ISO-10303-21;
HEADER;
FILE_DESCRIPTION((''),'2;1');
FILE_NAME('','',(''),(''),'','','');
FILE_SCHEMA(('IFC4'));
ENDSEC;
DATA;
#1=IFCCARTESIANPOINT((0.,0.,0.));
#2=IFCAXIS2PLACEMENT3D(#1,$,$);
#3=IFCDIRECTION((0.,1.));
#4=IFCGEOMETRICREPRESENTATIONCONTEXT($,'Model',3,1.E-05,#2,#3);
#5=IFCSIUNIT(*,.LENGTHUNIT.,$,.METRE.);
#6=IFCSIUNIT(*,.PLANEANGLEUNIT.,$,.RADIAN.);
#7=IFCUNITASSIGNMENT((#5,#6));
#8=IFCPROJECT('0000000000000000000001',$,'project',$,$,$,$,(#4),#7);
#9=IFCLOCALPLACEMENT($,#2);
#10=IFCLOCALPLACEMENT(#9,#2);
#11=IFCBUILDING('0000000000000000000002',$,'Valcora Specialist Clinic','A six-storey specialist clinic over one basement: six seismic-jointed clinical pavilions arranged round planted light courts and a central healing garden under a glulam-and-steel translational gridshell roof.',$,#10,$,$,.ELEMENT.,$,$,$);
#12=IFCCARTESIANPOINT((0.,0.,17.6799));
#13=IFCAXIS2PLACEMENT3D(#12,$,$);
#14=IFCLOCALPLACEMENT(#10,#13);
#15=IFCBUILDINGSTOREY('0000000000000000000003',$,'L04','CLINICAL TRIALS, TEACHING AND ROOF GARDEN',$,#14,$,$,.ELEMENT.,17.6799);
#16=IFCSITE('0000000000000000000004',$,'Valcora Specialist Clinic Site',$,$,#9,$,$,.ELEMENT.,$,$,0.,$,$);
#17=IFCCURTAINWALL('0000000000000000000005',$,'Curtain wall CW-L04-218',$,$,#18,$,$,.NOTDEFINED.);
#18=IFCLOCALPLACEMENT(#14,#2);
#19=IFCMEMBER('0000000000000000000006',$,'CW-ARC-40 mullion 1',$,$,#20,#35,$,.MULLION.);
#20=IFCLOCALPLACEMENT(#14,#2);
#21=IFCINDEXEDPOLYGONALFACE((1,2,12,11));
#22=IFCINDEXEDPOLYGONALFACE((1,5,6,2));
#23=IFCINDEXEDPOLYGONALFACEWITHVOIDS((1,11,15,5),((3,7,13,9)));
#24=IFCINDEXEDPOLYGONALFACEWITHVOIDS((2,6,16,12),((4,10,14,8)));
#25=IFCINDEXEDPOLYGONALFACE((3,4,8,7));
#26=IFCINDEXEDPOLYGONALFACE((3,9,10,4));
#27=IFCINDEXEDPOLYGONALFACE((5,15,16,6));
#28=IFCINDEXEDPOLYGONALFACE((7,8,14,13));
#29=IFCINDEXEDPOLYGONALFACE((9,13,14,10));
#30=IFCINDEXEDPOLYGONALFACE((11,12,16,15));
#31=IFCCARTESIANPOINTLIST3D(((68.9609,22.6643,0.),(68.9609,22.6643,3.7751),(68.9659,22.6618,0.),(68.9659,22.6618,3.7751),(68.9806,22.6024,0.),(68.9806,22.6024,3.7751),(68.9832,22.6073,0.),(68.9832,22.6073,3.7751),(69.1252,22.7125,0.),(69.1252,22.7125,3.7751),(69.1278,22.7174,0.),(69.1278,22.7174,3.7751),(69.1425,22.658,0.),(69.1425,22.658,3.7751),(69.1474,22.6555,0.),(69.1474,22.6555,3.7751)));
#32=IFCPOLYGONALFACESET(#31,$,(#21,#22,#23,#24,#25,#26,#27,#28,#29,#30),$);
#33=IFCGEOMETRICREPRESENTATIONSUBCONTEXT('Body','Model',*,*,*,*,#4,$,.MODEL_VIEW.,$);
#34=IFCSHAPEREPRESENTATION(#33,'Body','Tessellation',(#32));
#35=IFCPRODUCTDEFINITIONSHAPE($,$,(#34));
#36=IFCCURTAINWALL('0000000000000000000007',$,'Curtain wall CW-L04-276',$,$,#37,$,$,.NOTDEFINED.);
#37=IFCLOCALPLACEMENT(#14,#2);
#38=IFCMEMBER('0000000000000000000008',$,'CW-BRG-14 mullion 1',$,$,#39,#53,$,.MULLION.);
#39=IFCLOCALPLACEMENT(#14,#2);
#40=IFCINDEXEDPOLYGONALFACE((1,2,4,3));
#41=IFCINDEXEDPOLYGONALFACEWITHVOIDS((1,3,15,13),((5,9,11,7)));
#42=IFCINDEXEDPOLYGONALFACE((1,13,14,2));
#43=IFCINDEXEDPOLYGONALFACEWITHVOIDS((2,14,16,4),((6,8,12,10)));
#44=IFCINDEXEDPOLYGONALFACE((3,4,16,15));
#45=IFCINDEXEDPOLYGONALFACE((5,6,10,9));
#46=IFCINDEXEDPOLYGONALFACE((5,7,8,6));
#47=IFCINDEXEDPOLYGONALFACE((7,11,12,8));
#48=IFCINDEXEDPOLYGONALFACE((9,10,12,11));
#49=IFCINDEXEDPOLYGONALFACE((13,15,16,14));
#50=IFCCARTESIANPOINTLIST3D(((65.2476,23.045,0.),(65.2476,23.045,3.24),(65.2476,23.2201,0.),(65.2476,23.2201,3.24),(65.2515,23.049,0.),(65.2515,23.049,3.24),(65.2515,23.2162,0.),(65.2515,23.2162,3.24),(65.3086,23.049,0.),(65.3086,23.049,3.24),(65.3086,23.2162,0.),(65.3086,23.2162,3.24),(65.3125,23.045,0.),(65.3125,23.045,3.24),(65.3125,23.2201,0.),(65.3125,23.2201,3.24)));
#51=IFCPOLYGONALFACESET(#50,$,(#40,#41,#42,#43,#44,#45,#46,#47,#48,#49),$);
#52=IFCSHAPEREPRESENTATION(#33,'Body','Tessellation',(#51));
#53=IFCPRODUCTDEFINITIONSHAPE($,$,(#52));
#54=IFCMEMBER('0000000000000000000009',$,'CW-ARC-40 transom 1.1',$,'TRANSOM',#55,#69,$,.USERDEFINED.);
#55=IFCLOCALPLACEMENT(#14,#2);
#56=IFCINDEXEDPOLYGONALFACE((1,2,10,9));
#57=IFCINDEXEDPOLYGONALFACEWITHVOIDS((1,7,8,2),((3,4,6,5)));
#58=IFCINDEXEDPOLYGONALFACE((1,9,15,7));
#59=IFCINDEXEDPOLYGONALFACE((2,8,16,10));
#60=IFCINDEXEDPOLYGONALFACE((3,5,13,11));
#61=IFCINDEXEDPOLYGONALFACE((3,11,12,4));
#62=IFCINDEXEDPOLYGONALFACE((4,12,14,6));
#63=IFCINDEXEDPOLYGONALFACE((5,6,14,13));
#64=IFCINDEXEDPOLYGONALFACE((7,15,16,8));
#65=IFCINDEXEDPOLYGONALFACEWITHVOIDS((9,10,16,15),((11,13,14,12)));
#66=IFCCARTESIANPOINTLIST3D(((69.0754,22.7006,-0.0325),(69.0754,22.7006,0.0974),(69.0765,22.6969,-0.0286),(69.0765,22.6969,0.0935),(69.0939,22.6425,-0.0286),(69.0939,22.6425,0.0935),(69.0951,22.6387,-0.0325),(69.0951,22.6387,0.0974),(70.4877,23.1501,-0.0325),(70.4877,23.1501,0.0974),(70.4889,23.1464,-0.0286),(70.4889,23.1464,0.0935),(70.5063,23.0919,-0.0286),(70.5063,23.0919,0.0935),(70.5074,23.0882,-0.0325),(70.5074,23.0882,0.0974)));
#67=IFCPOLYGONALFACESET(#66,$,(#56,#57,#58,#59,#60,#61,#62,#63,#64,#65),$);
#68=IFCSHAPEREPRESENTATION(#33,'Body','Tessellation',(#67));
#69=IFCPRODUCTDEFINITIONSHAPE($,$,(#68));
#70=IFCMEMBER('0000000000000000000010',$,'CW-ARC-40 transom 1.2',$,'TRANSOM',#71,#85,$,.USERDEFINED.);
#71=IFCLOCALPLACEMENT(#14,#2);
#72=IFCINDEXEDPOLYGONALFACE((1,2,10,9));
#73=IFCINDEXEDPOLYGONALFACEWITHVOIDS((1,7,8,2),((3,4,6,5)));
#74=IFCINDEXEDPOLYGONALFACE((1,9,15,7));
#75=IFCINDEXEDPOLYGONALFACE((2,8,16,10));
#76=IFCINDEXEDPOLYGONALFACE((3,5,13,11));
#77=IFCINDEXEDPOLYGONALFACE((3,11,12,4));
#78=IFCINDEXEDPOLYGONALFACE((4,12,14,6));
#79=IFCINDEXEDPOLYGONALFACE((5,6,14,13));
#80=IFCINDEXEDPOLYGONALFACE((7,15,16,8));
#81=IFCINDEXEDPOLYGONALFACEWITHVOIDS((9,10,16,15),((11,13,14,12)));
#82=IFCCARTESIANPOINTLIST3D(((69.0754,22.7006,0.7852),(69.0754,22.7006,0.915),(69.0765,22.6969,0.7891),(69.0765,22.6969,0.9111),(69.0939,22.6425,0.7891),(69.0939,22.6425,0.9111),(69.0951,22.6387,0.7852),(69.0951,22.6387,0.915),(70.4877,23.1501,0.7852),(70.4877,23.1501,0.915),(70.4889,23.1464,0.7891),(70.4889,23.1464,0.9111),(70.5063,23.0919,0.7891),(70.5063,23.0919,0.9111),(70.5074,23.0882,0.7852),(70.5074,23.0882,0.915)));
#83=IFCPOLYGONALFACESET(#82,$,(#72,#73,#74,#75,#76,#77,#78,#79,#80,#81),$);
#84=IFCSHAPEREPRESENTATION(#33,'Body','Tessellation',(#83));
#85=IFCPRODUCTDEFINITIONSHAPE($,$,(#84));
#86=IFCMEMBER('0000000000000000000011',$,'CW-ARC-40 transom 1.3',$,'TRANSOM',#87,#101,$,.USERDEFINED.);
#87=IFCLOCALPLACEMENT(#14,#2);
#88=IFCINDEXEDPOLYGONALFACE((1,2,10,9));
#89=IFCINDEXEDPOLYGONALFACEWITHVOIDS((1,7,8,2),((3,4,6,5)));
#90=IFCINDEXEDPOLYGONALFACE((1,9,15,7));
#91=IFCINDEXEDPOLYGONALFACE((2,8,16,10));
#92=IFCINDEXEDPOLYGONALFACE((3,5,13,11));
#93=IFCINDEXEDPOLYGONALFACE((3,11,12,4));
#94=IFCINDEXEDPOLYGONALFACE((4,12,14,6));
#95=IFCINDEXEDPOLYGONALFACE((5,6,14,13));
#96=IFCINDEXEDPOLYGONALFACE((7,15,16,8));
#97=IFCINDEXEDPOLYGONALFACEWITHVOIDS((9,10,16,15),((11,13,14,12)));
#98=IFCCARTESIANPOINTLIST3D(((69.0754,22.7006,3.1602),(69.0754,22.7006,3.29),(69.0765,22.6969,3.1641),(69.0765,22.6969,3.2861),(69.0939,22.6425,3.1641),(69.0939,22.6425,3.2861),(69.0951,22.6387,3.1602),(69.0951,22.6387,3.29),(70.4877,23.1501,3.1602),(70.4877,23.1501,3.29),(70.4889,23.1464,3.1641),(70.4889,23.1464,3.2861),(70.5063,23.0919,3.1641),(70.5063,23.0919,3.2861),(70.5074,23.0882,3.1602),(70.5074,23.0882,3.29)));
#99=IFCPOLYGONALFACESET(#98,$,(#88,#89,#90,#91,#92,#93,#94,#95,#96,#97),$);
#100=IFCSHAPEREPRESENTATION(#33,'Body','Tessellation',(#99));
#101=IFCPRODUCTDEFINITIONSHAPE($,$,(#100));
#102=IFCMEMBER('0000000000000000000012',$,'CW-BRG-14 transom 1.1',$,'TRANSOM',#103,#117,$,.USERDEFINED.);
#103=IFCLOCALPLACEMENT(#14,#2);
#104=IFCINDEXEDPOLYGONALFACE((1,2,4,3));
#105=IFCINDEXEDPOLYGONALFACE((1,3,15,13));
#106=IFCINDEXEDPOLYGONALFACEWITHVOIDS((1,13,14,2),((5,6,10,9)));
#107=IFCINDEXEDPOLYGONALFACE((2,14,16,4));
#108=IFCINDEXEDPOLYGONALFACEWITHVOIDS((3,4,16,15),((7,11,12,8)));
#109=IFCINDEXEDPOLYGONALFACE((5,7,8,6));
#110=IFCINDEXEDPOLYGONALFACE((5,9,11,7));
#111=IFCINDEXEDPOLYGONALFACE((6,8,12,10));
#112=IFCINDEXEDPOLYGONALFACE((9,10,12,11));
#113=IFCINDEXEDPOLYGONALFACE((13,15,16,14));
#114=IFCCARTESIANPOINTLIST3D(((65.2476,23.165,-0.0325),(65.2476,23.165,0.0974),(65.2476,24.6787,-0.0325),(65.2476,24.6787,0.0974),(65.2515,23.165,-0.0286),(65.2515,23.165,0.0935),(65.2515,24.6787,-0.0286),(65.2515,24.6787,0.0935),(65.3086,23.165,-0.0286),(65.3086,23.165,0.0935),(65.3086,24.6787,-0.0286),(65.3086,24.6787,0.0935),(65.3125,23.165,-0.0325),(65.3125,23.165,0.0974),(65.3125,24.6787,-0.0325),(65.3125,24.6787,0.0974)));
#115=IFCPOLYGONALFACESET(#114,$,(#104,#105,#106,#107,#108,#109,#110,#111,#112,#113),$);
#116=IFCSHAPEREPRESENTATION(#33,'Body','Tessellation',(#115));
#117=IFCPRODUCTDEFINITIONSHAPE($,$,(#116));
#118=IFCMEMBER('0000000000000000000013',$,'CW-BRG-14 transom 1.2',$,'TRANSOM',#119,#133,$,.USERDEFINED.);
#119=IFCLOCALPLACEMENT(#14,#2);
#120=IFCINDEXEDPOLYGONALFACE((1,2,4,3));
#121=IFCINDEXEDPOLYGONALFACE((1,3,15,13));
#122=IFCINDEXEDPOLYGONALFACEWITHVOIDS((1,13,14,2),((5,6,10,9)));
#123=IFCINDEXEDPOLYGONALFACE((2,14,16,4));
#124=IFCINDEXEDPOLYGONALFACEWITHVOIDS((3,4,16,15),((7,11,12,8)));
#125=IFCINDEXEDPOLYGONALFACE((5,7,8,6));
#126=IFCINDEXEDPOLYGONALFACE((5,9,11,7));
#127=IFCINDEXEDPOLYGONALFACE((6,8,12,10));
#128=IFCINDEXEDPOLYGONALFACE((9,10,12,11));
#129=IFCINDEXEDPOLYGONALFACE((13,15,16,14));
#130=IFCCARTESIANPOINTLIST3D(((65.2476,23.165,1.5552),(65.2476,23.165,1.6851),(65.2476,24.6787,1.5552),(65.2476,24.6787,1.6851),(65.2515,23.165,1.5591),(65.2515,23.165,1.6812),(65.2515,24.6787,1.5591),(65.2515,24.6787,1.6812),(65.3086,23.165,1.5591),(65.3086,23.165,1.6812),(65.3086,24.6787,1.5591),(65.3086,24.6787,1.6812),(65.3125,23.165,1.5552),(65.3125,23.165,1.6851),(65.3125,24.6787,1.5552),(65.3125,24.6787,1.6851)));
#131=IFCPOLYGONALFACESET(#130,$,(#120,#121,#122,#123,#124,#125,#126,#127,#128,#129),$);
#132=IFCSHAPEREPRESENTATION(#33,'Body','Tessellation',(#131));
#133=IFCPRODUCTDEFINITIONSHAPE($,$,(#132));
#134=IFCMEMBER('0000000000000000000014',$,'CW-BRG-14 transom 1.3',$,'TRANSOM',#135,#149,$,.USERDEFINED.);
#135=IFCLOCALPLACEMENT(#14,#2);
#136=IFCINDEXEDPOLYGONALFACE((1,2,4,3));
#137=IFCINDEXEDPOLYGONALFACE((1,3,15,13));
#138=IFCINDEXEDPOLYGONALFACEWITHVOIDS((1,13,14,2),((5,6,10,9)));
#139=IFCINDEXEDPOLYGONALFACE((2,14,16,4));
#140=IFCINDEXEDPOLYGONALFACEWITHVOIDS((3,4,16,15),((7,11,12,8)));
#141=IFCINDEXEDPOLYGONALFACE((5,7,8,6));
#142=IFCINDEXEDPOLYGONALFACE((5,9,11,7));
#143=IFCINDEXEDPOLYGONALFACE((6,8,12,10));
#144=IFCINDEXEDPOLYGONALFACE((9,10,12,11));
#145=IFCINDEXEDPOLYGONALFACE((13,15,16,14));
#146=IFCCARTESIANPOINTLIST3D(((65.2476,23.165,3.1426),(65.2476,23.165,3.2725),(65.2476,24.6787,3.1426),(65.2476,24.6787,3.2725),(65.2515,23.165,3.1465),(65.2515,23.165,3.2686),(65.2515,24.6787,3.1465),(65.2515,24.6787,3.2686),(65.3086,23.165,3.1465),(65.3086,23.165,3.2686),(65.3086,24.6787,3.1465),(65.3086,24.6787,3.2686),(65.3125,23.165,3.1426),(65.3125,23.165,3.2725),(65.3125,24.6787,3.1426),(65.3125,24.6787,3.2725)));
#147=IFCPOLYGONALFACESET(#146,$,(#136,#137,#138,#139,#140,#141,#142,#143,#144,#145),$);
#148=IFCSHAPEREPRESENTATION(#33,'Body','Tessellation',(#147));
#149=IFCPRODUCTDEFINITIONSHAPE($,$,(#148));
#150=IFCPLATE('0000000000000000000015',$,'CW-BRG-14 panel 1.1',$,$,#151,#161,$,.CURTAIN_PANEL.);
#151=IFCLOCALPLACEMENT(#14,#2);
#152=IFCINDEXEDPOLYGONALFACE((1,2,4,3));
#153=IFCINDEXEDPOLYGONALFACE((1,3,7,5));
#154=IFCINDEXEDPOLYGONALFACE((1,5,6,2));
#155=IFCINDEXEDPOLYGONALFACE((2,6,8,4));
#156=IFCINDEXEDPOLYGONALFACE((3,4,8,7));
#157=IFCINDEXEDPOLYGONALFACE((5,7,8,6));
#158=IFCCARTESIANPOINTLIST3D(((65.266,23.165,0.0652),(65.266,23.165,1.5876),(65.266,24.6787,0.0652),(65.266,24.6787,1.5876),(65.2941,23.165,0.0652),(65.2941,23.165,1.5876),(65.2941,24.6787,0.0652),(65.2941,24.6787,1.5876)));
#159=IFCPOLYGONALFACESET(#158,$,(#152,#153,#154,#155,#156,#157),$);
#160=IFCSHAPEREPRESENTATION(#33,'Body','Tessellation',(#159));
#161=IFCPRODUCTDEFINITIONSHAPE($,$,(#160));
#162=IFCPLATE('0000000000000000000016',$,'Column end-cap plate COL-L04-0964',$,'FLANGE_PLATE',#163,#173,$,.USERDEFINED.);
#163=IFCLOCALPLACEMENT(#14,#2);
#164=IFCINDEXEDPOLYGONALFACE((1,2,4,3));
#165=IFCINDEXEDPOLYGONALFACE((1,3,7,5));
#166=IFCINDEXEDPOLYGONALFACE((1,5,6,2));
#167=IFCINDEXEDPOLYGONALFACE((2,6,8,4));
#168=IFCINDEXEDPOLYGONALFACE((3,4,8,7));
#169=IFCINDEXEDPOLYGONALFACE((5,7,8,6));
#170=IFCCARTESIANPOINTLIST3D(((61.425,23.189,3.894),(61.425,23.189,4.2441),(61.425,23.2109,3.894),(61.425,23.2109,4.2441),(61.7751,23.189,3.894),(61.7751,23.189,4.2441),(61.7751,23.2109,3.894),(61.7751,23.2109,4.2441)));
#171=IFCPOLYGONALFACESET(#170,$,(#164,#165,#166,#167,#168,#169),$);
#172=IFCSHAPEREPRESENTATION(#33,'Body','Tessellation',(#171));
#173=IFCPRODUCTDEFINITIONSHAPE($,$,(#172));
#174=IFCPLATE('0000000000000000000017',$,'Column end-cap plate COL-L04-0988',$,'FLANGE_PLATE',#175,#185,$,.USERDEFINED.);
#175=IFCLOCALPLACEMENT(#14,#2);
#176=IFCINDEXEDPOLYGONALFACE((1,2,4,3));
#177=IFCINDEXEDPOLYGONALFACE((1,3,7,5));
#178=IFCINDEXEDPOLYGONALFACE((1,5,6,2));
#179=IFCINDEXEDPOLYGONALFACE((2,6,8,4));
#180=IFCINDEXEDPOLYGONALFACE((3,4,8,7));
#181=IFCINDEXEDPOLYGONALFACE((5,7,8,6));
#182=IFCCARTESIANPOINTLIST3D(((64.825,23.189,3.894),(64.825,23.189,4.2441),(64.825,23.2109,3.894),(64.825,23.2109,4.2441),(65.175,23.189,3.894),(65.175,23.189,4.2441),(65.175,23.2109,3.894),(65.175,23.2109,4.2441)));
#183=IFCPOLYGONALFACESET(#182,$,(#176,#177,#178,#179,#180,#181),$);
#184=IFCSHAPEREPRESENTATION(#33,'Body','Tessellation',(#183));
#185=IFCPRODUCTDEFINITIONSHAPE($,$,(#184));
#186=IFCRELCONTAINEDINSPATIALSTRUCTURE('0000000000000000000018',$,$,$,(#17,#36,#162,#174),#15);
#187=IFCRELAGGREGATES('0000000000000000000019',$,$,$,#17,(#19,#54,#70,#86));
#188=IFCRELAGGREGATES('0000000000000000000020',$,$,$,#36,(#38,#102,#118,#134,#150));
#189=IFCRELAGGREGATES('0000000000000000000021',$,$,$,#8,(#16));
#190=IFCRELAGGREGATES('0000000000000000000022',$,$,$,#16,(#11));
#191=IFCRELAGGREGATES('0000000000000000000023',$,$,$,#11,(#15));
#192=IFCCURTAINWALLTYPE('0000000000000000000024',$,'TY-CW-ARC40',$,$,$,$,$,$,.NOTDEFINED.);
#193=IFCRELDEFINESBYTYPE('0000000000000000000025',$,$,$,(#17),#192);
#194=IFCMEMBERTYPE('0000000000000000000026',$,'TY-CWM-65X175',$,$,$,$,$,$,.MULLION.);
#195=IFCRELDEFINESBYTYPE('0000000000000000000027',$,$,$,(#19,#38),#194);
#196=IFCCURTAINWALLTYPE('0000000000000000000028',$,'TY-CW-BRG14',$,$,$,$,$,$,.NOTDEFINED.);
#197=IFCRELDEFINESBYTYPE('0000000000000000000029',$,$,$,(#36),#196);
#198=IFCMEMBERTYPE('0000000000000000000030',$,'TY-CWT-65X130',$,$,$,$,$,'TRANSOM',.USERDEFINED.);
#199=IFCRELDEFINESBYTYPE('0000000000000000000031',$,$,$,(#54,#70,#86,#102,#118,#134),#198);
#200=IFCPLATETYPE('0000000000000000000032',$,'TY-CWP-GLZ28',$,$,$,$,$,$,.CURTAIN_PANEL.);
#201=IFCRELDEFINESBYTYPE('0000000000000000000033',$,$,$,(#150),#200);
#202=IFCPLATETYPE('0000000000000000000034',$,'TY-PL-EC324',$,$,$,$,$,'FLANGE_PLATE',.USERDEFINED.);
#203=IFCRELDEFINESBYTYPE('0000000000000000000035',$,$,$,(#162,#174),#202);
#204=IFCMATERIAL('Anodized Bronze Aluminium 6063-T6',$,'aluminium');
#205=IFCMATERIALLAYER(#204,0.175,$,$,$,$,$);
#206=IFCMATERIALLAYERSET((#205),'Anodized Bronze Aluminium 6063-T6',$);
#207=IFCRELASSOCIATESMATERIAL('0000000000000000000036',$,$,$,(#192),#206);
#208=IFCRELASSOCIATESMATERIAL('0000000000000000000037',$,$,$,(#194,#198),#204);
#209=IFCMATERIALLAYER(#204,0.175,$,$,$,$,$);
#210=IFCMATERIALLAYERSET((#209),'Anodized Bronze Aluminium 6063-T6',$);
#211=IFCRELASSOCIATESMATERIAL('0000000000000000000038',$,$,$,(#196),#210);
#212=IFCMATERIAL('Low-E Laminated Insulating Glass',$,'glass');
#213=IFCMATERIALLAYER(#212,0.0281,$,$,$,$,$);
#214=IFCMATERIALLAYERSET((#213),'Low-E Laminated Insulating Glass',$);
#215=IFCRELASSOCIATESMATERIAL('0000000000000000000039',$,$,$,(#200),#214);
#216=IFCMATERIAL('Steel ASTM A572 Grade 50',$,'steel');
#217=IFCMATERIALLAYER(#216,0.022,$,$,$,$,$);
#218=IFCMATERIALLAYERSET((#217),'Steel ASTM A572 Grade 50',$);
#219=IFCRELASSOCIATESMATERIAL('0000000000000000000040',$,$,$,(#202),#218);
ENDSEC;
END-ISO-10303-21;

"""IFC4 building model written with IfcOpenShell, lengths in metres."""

from ifc_helpers import new_model, si_unit, direction, frame, origin, origin_2d, place, context, subcontext, project, spatial, rectangle, hollow_rectangle, extrude, material, layer, layer_set, material_profile, profile_set, type_object, element, aggregate, save


model = new_model("IFC4")

# Units and contexts
model_context = context("Model", 3, precision=1e-05, world=origin(), true_north=direction((0.0, 1.0)))
body_context = subcontext(model_context, "Body", "Model", "MODEL_VIEW")
ifc_project = project(units=[si_unit("LENGTHUNIT", "METRE"), si_unit("PLANEANGLEUNIT", "RADIAN")], contexts=[model_context])

# Site, building, storey
site_placement = place(None, origin())
site = spatial("IfcSite", under=ifc_project, at=site_placement, Name="Valcora Specialist Clinic Site", CompositionType="ELEMENT", RefElevation=0.0)
building_placement = place(site_placement, origin())
building = spatial("IfcBuilding", under=site, at=building_placement, Name="Valcora Specialist Clinic", Description="A six-storey specialist clinic over one basement: six seismic-jointed clinical pavilions arranged round planted light courts and a central healing garden under a glulam-and-steel translational gridshell roof.", CompositionType="ELEMENT")
storey_placement = place(building_placement, frame((0.0, 0.0, 17.6799)))
storey = spatial("IfcBuildingStorey", under=building, at=storey_placement, Name="L04", Description="CLINICAL TRIALS, TEACHING AND ROOF GARDEN", CompositionType="ELEMENT", Elevation=17.6799)

# Curtain walls, members
ifc_material_1 = material(Name="Anodized Bronze Aluminium 6063-T6", Category="aluminium")
ifc_layer_1 = layer(ifc_material_1, 0.175)
ifc_layer_set_1 = layer_set([ifc_layer_1], Name="Anodized Bronze Aluminium 6063-T6")
curtain_wall_type_1 = type_object("IfcCurtainWallType", Name="TY-CW-ARC40", PredefinedType="NOTDEFINED", material=ifc_layer_set_1)
curtain_wall_1_placement = place(storey_placement, origin())
curtain_wall_1 = element("IfcCurtainWall", 1, at=curtain_wall_1_placement, inside=storey, type_object=curtain_wall_type_1, Name="Curtain wall CW-L04-218", PredefinedType="NOTDEFINED")
ifc_material_profile_1 = material_profile(ifc_material_1, hollow_rectangle(XDim=0.0649, YDim=0.175, WallThickness=0.0039, at=origin_2d()), Name="AL-MUL-65X175")
ifc_profile_set_1 = profile_set([ifc_material_profile_1], Name="Anodized Bronze Aluminium 6063-T6")
member_type_1 = type_object("IfcMemberType", Name="TY-CWM-65X175", PredefinedType="MULLION", material=ifc_profile_set_1)
member_1_placement = place(storey_placement, frame((69.0542, 22.6599, 0.0), z_axis=(0.0, 0.0, 1.0), x_axis=(-0.303233, 0.952916, 0.0)))
member_1 = element("IfcMember", 2, at=member_1_placement, type_object=member_type_1, Name="CW-ARC-40 mullion 1", PredefinedType="MULLION", context=body_context, shape_type="SweptSolid", body=[
    extrude(hollow_rectangle(XDim=0.0649, YDim=0.175, WallThickness=0.0039, at=origin_2d()), origin(), (0.0, 0.0, 1.0), 3.7751),
])
ifc_layer_2 = layer(ifc_material_1, 0.175)
ifc_layer_set_2 = layer_set([ifc_layer_2], Name="Anodized Bronze Aluminium 6063-T6")
curtain_wall_type_2 = type_object("IfcCurtainWallType", Name="TY-CW-BRG14", PredefinedType="NOTDEFINED", material=ifc_layer_set_2)
curtain_wall_2_placement = place(storey_placement, origin())
curtain_wall_2 = element("IfcCurtainWall", 3, at=curtain_wall_2_placement, inside=storey, type_object=curtain_wall_type_2, Name="Curtain wall CW-L04-276", PredefinedType="NOTDEFINED")
member_2_placement = place(storey_placement, frame((65.28, 23.1326, 0.0), z_axis=(0.0, 0.0, 1.0), x_axis=(-1.0, 0.0, 0.0)))
member_2 = element("IfcMember", 4, at=member_2_placement, type_object=member_type_1, Name="CW-BRG-14 mullion 1", PredefinedType="MULLION", context=body_context, shape_type="SweptSolid", body=[
    extrude(hollow_rectangle(XDim=0.0649, YDim=0.175, WallThickness=0.0039, at=origin_2d()), origin(), (0.0, 0.0, 1.0), 3.24),
])

# Members
ifc_material_profile_2 = material_profile(ifc_material_1, hollow_rectangle(XDim=0.0649, YDim=0.1299, WallThickness=0.0039, at=origin_2d()), Name="AL-TRN-65X130")
ifc_profile_set_2 = profile_set([ifc_material_profile_2], Name="Anodized Bronze Aluminium 6063-T6")
member_type_2 = type_object("IfcMemberType", Name="TY-CWT-65X130", ElementType="TRANSOM", PredefinedType="USERDEFINED", material=ifc_profile_set_2)
member_3_placement = place(storey_placement, frame((69.0852, 22.6697, 0.0325), z_axis=(0.952911, 0.303251, 0.0), x_axis=(-0.303251, 0.952911, 0.0)))
member_3 = element("IfcMember", 5, at=member_3_placement, type_object=member_type_2, Name="CW-ARC-40 transom 1.1", ObjectType="TRANSOM", PredefinedType="USERDEFINED", context=body_context, shape_type="SweptSolid", body=[
    extrude(hollow_rectangle(XDim=0.0649, YDim=0.1299, WallThickness=0.0039, at=origin_2d()), origin(), (0.0, 0.0, 1.0), 1.4822),
])
member_4_placement = place(storey_placement, frame((69.0852, 22.6697, 0.8501), z_axis=(0.952911, 0.303251, 0.0), x_axis=(-0.303251, 0.952911, 0.0)))
member_4 = element("IfcMember", 6, at=member_4_placement, type_object=member_type_2, Name="CW-ARC-40 transom 1.2", ObjectType="TRANSOM", PredefinedType="USERDEFINED", context=body_context, shape_type="SweptSolid", body=[
    extrude(hollow_rectangle(XDim=0.0649, YDim=0.1299, WallThickness=0.0039, at=origin_2d()), origin(), (0.0, 0.0, 1.0), 1.4822),
])
member_5_placement = place(storey_placement, frame((69.0852, 22.6697, 3.2251), z_axis=(0.952911, 0.303251, 0.0), x_axis=(-0.303251, 0.952911, 0.0)))
member_5 = element("IfcMember", 7, at=member_5_placement, type_object=member_type_2, Name="CW-ARC-40 transom 1.3", ObjectType="TRANSOM", PredefinedType="USERDEFINED", context=body_context, shape_type="SweptSolid", body=[
    extrude(hollow_rectangle(XDim=0.0649, YDim=0.1299, WallThickness=0.0039, at=origin_2d()), origin(), (0.0, 0.0, 1.0), 1.4822),
])
aggregate(curtain_wall_1, [member_1, member_3, member_4, member_5])
member_6_placement = place(storey_placement, frame((65.28, 23.165, 0.0325), z_axis=(0.0, 1.0, 0.0), x_axis=(-1.0, 0.0, 0.0)))
member_6 = element("IfcMember", 8, at=member_6_placement, type_object=member_type_2, Name="CW-BRG-14 transom 1.1", ObjectType="TRANSOM", PredefinedType="USERDEFINED", context=body_context, shape_type="SweptSolid", body=[
    extrude(hollow_rectangle(XDim=0.0649, YDim=0.1299, WallThickness=0.0039, at=origin_2d()), origin(), (0.0, 0.0, 1.0), 1.5137),
])
member_7_placement = place(storey_placement, frame((65.28, 23.165, 1.6201), z_axis=(0.0, 1.0, 0.0), x_axis=(-1.0, 0.0, 0.0)))
member_7 = element("IfcMember", 9, at=member_7_placement, type_object=member_type_2, Name="CW-BRG-14 transom 1.2", ObjectType="TRANSOM", PredefinedType="USERDEFINED", context=body_context, shape_type="SweptSolid", body=[
    extrude(hollow_rectangle(XDim=0.0649, YDim=0.1299, WallThickness=0.0039, at=origin_2d()), origin(), (0.0, 0.0, 1.0), 1.5137),
])
member_8_placement = place(storey_placement, frame((65.28, 23.165, 3.2075), z_axis=(0.0, 1.0, 0.0), x_axis=(-1.0, 0.0, 0.0)))
member_8 = element("IfcMember", 10, at=member_8_placement, type_object=member_type_2, Name="CW-BRG-14 transom 1.3", ObjectType="TRANSOM", PredefinedType="USERDEFINED", context=body_context, shape_type="SweptSolid", body=[
    extrude(hollow_rectangle(XDim=0.0649, YDim=0.1299, WallThickness=0.0039, at=origin_2d()), origin(), (0.0, 0.0, 1.0), 1.5137),
])

# Plate
ifc_material_2 = material(Name="Low-E Laminated Insulating Glass", Category="glass")
ifc_layer_3 = layer(ifc_material_2, 0.0281)
ifc_layer_set_3 = layer_set([ifc_layer_3], Name="Low-E Laminated Insulating Glass")
plate_type_1 = type_object("IfcPlateType", Name="TY-CWP-GLZ28", PredefinedType="CURTAIN_PANEL", material=ifc_layer_set_3)
plate_placement = place(storey_placement, frame((65.28, 23.9219, 0.0652), z_axis=(0.0, 0.0, 1.0), x_axis=(0.0, 1.0, 0.0)))
plate = element("IfcPlate", 11, at=plate_placement, type_object=plate_type_1, Name="CW-BRG-14 panel 1.1", PredefinedType="CURTAIN_PANEL", context=body_context, shape_type="SweptSolid", body=[
    extrude(rectangle(XDim=1.5137, YDim=0.0281, at=origin_2d()), origin(), (0.0, 0.0, 1.0), 1.5225),
])
aggregate(curtain_wall_2, [member_2, member_6, member_7, member_8, plate])

# Plates
ifc_material_3 = material(Name="Steel ASTM A572 Grade 50", Category="steel")
ifc_layer_4 = layer(ifc_material_3, 0.022)
ifc_layer_set_4 = layer_set([ifc_layer_4], Name="Steel ASTM A572 Grade 50")
plate_type_2 = type_object("IfcPlateType", Name="TY-PL-EC324", ElementType="FLANGE_PLATE", PredefinedType="USERDEFINED", material=ifc_layer_set_4)
for number, where, z_axis, x_axis, name in (
    (12, (61.6001, 23.2, 3.894), (0.0, 0.0, 1.0), (1.0, 0.0, 0.0), "Column end-cap plate COL-L04-0964"),
    (13, (65.0, 23.2, 3.894), (0.0, 0.0, 1.0), (1.0, 0.0, 0.0), "Column end-cap plate COL-L04-0988"),
):
    element("IfcPlate", number, at=place(storey_placement, frame(where, z_axis=z_axis, x_axis=x_axis)), inside=storey, type_object=plate_type_2, Name=name, ObjectType="FLANGE_PLATE", PredefinedType="USERDEFINED", context=body_context, shape_type="SweptSolid", body=[
        extrude(rectangle(XDim=0.3501, YDim=0.022, at=origin_2d()), origin(), (0.0, 0.0, 1.0), 0.3501),
    ])

save(model, "model.ifc")
